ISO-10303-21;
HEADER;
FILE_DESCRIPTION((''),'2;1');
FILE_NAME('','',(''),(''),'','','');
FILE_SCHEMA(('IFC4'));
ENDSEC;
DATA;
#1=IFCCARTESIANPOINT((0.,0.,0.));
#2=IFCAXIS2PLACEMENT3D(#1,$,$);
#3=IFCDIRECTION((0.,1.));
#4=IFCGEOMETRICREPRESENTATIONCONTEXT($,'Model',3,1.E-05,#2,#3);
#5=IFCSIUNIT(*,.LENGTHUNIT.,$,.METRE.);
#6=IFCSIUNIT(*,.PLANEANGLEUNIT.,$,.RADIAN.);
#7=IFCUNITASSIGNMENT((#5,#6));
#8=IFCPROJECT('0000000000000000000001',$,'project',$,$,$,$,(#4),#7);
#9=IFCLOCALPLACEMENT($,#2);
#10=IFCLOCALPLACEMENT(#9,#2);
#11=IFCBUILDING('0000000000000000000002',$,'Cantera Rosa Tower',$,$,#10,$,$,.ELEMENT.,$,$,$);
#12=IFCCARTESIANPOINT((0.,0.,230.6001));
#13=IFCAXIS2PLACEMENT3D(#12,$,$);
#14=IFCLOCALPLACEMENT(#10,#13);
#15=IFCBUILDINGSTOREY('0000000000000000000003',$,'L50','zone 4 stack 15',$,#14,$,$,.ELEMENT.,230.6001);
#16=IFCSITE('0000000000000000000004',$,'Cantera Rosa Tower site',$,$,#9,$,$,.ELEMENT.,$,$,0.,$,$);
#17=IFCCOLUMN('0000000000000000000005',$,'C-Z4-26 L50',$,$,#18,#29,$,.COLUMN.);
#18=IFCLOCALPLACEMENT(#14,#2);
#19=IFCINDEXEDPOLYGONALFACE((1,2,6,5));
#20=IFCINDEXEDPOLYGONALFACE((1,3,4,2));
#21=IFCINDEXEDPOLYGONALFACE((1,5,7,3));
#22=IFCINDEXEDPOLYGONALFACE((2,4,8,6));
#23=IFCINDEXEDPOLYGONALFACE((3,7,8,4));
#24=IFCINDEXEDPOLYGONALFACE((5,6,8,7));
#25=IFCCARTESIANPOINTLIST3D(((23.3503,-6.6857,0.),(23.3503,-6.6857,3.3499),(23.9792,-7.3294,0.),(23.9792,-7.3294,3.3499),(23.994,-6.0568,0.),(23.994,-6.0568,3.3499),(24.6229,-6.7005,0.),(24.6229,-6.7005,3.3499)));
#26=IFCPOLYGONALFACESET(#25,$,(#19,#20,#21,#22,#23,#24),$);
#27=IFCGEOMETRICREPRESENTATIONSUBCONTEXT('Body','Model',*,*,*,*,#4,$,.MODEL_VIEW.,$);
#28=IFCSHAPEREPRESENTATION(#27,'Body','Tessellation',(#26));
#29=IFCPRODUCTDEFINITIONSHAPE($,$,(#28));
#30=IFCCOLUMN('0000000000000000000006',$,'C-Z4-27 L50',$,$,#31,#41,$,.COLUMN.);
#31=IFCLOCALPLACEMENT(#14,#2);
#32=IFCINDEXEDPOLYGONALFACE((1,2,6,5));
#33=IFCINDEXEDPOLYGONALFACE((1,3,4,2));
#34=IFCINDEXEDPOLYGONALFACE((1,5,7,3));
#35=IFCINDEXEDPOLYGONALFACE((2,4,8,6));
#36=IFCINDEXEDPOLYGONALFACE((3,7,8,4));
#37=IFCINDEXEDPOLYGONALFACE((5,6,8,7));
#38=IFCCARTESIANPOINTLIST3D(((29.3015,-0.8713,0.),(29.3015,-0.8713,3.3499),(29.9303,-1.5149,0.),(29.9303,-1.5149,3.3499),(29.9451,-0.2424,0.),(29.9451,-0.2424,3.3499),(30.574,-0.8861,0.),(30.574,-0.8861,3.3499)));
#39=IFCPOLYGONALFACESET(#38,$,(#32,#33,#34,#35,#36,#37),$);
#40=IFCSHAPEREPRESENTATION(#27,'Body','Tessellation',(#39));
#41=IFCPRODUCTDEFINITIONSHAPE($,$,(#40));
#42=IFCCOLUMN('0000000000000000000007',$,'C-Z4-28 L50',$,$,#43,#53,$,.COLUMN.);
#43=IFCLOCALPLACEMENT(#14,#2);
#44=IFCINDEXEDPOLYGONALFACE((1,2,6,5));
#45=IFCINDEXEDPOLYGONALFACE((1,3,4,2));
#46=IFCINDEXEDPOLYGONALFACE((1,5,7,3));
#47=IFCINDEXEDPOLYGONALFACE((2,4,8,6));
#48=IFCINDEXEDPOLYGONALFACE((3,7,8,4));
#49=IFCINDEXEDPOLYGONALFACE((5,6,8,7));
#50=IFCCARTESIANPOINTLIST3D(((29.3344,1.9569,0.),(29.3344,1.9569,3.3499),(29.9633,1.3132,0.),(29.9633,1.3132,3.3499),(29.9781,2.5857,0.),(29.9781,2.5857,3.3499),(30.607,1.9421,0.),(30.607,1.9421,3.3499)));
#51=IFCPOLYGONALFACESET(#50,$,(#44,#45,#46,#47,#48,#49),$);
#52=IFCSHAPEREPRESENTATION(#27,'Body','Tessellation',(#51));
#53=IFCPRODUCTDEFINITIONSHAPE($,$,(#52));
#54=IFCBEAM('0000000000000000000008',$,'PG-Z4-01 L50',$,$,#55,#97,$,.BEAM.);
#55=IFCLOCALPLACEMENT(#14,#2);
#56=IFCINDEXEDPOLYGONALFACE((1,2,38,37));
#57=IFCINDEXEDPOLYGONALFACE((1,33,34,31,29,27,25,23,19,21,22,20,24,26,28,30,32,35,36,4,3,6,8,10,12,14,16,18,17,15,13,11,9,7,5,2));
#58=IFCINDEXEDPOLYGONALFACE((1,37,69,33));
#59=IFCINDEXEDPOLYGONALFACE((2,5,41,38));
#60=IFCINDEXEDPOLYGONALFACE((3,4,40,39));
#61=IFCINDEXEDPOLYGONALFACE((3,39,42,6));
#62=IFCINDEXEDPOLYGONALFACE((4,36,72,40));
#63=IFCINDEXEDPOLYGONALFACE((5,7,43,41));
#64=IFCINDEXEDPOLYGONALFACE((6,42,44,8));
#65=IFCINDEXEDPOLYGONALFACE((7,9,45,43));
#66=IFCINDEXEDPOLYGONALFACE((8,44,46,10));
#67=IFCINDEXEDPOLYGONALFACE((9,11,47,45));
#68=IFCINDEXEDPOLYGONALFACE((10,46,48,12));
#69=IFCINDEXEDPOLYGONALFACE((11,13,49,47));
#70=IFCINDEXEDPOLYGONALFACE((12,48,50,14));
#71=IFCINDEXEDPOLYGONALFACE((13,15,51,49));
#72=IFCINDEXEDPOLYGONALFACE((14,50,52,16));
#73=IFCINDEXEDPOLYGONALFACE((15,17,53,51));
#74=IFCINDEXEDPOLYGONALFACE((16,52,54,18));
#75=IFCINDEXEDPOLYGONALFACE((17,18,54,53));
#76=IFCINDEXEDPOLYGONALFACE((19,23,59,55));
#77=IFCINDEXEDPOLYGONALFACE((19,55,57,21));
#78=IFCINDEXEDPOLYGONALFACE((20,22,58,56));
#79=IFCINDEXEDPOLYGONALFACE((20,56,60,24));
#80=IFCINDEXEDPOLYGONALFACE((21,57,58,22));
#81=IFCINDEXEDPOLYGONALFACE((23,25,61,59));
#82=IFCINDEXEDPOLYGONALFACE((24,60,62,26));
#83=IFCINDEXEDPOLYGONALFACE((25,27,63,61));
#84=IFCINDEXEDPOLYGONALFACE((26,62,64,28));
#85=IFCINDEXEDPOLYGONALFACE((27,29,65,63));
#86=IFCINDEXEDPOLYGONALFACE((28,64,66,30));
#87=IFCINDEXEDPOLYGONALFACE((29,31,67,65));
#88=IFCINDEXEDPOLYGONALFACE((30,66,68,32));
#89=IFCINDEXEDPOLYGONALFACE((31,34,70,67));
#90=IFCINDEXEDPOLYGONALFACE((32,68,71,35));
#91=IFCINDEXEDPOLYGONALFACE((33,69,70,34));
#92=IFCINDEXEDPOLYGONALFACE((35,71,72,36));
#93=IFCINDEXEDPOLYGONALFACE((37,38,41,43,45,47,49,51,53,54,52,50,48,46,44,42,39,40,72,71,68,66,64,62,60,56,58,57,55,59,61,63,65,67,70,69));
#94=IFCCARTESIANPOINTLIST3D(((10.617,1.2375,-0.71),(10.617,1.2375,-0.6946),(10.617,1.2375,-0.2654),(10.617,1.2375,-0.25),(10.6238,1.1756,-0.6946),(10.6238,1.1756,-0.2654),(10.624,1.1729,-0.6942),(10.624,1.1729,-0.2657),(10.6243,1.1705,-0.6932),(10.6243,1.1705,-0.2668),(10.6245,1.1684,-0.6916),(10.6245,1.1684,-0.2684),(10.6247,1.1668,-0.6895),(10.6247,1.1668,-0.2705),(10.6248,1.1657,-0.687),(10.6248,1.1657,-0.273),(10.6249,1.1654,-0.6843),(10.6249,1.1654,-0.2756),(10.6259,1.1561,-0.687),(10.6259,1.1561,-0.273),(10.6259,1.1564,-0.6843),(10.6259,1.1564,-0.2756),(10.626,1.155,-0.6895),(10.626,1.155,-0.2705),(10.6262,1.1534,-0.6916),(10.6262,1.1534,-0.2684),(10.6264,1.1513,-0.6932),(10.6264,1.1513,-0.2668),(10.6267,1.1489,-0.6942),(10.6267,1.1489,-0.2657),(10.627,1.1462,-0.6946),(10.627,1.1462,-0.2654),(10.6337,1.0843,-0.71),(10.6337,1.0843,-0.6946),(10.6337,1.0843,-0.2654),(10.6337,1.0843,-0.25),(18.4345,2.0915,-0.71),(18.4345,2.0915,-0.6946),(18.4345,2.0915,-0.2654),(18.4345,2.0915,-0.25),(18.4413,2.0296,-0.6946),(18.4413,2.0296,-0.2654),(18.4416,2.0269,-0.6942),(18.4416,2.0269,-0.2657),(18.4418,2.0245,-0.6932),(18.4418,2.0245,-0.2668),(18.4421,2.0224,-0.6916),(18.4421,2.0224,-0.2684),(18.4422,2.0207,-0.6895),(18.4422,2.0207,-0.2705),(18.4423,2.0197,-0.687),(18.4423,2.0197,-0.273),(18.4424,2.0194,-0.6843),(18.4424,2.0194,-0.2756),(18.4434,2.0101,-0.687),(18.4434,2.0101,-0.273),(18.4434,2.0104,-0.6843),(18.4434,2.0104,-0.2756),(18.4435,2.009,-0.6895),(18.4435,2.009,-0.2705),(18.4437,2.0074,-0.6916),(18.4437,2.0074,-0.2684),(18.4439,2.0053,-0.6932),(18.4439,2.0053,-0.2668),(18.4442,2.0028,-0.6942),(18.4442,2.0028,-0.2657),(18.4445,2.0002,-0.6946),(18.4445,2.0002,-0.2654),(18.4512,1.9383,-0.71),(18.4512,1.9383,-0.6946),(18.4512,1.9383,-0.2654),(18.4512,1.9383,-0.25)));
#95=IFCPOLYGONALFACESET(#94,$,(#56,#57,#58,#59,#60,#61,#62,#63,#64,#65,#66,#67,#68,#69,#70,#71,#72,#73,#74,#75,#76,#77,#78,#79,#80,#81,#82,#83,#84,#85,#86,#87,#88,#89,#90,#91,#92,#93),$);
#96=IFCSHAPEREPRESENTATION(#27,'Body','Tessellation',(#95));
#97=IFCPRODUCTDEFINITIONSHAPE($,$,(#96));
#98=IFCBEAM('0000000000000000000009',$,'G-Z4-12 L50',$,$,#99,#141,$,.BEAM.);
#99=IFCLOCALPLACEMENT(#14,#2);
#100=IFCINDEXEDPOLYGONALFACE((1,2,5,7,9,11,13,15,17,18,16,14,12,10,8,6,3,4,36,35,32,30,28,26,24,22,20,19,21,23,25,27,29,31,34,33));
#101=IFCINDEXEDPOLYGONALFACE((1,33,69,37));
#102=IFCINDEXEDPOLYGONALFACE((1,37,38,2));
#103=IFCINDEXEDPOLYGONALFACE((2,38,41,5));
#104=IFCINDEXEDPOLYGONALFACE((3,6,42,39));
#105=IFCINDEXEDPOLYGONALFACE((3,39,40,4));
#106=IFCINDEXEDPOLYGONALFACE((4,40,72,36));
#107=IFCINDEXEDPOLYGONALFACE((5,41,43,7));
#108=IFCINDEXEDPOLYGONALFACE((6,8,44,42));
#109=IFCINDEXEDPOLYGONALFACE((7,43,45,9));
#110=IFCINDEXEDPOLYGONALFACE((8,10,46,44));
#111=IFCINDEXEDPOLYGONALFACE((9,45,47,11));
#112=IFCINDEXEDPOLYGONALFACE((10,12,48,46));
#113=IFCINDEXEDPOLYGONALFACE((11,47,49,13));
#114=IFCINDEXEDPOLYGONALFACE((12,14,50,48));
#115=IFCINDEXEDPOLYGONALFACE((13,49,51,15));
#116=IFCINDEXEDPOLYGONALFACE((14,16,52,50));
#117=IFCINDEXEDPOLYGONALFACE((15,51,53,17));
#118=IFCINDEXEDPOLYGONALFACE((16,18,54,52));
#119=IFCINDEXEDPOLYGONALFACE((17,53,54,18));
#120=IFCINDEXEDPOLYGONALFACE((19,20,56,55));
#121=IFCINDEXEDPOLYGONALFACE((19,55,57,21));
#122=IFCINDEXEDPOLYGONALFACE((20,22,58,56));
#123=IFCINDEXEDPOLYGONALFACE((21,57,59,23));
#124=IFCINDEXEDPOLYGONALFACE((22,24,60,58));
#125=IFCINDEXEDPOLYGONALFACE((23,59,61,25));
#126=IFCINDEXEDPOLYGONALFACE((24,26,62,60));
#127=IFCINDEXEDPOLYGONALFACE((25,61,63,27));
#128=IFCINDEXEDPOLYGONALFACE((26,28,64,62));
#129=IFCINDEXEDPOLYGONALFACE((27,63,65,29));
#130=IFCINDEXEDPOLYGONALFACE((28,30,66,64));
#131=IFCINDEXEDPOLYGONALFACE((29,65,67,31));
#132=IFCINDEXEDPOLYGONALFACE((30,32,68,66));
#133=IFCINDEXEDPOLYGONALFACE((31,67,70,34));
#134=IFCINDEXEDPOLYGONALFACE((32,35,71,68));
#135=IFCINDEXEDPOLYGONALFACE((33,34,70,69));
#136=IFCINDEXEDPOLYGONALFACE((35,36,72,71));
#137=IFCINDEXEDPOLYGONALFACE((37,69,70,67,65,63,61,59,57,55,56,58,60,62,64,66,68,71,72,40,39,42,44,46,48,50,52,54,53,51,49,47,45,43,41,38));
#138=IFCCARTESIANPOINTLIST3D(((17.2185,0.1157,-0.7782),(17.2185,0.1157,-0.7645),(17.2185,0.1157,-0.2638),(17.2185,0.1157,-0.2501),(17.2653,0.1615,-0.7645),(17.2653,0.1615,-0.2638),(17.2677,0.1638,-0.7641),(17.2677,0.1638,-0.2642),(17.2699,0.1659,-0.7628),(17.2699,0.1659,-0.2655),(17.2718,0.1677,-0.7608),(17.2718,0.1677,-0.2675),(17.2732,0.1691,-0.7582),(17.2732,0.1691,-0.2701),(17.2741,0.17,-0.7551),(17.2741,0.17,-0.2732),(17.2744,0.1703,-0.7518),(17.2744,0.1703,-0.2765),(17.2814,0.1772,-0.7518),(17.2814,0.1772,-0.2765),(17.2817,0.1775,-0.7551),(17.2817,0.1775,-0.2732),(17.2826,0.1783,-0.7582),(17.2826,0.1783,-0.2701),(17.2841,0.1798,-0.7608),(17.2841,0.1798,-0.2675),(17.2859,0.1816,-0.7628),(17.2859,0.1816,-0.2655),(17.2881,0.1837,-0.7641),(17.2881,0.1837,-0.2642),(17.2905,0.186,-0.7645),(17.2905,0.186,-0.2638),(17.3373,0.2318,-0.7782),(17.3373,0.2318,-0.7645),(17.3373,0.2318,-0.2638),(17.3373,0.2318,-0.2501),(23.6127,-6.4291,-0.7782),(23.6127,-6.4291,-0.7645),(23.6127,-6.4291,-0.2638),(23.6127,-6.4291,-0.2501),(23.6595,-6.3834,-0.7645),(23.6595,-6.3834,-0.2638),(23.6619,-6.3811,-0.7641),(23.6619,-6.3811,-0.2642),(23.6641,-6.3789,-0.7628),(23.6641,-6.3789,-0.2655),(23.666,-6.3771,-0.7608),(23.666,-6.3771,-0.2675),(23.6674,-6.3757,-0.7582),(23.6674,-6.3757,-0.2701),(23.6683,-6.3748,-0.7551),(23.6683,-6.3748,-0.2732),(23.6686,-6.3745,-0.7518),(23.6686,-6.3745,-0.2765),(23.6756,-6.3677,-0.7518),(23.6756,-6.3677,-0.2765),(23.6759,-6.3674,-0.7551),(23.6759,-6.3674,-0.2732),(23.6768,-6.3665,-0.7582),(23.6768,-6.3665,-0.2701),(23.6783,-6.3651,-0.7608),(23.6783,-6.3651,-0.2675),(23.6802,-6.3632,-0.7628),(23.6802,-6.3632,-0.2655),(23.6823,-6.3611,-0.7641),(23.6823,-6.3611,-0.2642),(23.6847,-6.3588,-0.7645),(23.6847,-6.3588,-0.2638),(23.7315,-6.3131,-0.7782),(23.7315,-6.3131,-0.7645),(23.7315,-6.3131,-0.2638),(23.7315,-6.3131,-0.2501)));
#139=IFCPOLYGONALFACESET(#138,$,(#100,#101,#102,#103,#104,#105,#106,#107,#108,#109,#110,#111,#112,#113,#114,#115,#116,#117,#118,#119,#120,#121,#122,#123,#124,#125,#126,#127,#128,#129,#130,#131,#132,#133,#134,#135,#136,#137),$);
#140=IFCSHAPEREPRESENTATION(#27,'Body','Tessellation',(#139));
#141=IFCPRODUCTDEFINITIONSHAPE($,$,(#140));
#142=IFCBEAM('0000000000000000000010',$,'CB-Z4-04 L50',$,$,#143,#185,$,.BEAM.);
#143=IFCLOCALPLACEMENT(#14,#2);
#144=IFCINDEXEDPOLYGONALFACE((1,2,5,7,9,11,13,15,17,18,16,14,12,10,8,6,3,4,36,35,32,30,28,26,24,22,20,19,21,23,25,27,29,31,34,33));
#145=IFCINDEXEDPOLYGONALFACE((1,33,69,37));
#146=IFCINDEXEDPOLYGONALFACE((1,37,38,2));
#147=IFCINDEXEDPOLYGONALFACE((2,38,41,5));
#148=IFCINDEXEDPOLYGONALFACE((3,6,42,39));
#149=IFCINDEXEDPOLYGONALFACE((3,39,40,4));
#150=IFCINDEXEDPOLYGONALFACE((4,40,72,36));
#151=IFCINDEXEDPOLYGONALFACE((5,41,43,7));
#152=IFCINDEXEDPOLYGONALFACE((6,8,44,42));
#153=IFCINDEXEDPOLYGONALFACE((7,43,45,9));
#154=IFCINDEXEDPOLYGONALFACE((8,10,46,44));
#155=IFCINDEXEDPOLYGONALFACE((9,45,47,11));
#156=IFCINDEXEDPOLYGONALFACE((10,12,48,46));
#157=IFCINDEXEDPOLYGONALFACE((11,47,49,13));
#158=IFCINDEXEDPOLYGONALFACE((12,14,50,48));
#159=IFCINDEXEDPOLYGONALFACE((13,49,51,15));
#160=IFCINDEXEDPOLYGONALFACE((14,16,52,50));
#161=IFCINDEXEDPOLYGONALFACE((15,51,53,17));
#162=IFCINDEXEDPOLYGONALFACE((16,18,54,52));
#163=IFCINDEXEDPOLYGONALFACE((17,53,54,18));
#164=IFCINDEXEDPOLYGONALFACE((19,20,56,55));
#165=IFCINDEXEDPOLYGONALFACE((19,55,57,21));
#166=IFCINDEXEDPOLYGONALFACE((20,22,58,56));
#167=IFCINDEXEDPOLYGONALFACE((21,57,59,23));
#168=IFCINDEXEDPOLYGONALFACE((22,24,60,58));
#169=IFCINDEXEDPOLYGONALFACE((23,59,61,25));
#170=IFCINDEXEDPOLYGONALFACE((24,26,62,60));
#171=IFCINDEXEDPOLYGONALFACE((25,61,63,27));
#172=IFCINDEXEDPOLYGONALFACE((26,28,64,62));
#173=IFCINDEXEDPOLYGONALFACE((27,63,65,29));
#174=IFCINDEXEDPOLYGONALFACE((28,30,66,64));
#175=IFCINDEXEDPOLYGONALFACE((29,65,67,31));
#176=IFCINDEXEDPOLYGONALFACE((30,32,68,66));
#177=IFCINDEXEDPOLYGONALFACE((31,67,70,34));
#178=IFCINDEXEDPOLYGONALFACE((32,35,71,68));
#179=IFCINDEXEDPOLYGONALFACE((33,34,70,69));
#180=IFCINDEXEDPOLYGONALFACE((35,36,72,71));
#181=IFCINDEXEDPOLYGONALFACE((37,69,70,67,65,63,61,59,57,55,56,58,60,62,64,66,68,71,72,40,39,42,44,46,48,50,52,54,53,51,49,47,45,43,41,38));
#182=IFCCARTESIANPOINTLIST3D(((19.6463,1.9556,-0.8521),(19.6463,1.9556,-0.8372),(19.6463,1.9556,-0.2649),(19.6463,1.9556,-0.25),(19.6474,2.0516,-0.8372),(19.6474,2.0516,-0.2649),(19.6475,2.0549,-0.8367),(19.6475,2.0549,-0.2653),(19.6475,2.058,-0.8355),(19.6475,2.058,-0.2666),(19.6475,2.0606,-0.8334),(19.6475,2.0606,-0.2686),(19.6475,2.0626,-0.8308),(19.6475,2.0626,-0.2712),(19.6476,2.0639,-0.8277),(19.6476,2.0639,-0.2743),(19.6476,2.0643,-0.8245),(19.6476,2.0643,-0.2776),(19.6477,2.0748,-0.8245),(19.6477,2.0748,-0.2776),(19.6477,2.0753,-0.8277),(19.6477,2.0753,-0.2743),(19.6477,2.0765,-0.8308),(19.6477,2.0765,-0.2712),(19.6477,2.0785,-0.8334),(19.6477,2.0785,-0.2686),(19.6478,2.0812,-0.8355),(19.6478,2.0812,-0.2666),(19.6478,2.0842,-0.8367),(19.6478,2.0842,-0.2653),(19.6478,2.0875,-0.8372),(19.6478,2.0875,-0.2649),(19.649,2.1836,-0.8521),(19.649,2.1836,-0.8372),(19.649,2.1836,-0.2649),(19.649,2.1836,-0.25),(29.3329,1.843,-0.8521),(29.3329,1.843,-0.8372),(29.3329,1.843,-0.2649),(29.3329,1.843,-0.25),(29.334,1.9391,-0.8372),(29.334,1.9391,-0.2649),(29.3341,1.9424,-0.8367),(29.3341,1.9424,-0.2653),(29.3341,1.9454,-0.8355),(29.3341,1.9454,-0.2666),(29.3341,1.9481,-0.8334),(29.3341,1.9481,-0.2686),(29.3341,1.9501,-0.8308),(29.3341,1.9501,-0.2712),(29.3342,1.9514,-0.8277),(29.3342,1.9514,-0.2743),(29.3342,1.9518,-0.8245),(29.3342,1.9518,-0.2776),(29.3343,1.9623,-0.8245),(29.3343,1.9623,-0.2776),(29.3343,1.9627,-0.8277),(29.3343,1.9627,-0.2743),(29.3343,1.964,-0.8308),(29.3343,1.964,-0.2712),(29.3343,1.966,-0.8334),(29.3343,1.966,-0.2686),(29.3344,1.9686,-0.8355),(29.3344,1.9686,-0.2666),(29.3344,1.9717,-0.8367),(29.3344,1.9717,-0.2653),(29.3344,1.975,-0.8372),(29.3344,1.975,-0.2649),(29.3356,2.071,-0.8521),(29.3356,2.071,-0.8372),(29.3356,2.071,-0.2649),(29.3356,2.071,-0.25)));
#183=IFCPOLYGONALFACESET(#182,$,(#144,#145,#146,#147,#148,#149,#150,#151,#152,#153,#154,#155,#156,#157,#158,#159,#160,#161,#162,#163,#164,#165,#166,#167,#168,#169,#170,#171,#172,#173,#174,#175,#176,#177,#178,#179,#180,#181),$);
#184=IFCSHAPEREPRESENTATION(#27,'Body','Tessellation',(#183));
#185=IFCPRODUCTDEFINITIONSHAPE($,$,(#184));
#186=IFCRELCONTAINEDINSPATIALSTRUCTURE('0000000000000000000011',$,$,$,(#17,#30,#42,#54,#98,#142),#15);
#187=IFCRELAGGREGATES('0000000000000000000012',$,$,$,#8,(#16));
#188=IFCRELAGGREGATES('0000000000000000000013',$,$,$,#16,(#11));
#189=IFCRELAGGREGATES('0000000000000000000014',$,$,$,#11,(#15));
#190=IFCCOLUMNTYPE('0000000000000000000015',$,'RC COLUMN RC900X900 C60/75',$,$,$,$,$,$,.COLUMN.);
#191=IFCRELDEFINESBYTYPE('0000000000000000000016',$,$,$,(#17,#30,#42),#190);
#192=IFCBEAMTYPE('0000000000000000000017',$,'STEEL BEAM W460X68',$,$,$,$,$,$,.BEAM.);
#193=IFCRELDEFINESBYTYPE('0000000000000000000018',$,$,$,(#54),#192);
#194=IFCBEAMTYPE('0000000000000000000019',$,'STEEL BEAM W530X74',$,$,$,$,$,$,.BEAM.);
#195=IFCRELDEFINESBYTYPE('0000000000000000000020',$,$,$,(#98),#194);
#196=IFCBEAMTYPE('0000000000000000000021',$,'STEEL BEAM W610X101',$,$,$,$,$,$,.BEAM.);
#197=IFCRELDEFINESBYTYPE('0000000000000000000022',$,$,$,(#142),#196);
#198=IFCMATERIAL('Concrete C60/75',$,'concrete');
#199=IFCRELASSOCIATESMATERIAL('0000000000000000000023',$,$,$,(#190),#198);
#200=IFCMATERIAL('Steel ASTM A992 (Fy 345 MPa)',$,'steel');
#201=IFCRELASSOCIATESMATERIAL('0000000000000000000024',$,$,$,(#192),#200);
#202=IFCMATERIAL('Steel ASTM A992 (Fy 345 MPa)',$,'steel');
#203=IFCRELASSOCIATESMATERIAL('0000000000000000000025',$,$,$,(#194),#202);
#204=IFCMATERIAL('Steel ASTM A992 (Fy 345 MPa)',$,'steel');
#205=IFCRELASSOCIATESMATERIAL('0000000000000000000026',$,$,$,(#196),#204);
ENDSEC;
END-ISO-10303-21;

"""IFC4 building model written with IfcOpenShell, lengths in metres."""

from ifc_helpers import new_model, si_unit, direction, frame, origin, origin_2d, place, context, subcontext, project, spatial, rectangle, i_section, extrude, material, material_profile, profile_set, type_object, element, save


model = new_model("IFC4")

# Units and contexts
model_context = context("Model", 3, precision=1e-05, world=origin(), true_north=direction((0.0, 1.0)))
body_context = subcontext(model_context, "Body", "Model", "MODEL_VIEW")
ifc_project = project(units=[si_unit("LENGTHUNIT", "METRE"), si_unit("PLANEANGLEUNIT", "RADIAN")], contexts=[model_context])

# Site, building, storey
site_placement = place(None, origin())
site = spatial("IfcSite", under=ifc_project, at=site_placement, Name="Cantera Rosa Tower site", CompositionType="ELEMENT", RefElevation=0.0)
building_placement = place(site_placement, origin())
building = spatial("IfcBuilding", under=site, at=building_placement, Name="Cantera Rosa Tower", CompositionType="ELEMENT")
storey_placement = place(building_placement, frame((0.0, 0.0, 230.6001)))
storey = spatial("IfcBuildingStorey", under=building, at=storey_placement, Name="L50", Description="zone 4 stack 15", CompositionType="ELEMENT", Elevation=230.6001)

# Columns
ifc_material_1 = material(Name="Concrete C60/75", Category="concrete")
ifc_material_profile_1 = material_profile(ifc_material_1, rectangle(XDim=0.8999, YDim=0.8999, at=origin_2d()), Name="RC COLUMN RC900X900 C60/75")
ifc_profile_set_1 = profile_set([ifc_material_profile_1], Name="Concrete C60/75")
column_type = type_object("IfcColumnType", Name="RC COLUMN RC900X900 C60/75", PredefinedType="COLUMN", material=ifc_profile_set_1)
for number, where, z_axis, x_axis, name in (
    (1, (23.9866, -6.6931, 0.0), (0.0, 0.0, 1.0), (0.715286, 0.698832, 0.0), "C-Z4-26 L50"),
    (2, (29.9377, -0.8787, 0.0), (0.0, 0.0, 1.0), (0.715286, 0.698832, 0.0), "C-Z4-27 L50"),
    (3, (29.9707, 1.9495, 0.0), (0.0, 0.0, 1.0), (0.715286, 0.698832, 0.0), "C-Z4-28 L50"),
):
    element("IfcColumn", number, at=place(storey_placement, frame(where, z_axis=z_axis, x_axis=x_axis)), inside=storey, type_object=column_type, Name=name, PredefinedType="COLUMN", context=body_context, shape_type="SweptSolid", body=[
        extrude(rectangle(XDim=0.8999, YDim=0.8999, at=origin_2d()), origin(), (0.0, 0.0, 1.0), 3.3499),
    ])

# Beams
ifc_material_2 = material(Name="Steel ASTM A992 (Fy 345 MPa)", Category="steel")
ifc_material_profile_2 = material_profile(ifc_material_2, i_section(OverallWidth=0.1541, OverallDepth=0.46, WebThickness=0.009, FlangeThickness=0.0154, FilletRadius=0.0103, at=origin_2d()), Name="W460X68")
ifc_profile_set_2 = profile_set([ifc_material_profile_2], Name="Steel ASTM A992 (Fy 345 MPa)")
beam_type_1 = type_object("IfcBeamType", Name="STEEL BEAM W460X68", PredefinedType="BEAM", material=ifc_profile_set_2)
beam_1_placement = place(storey_placement, frame((18.4429, 2.0149, -0.48), z_axis=(-0.994086, -0.108595, 0.0), x_axis=(0.108595, -0.994086, 0.0)))
element("IfcBeam", 4, at=beam_1_placement, inside=storey, type_object=beam_type_1, Name="PG-Z4-01 L50", PredefinedType="BEAM", context=body_context, shape_type="SweptSolid", body=[
    extrude(i_section(OverallWidth=0.1541, OverallDepth=0.46, WebThickness=0.009, FlangeThickness=0.0154, FilletRadius=0.0103, at=origin_2d()), origin(), (0.0, 0.0, 1.0), 7.864),
])
ifc_material_3 = material(Name="Steel ASTM A992 (Fy 345 MPa)", Category="steel")
ifc_material_profile_3 = material_profile(ifc_material_3, i_section(OverallWidth=0.166, OverallDepth=0.5281, WebThickness=0.0098, FlangeThickness=0.0137, FilletRadius=0.0127, at=origin_2d()), Name="W530X74")
ifc_profile_set_3 = profile_set([ifc_material_profile_3], Name="Steel ASTM A992 (Fy 345 MPa)")
beam_type_2 = type_object("IfcBeamType", Name="STEEL BEAM W530X74", PredefinedType="BEAM", material=ifc_profile_set_3)
beam_2_placement = place(storey_placement, frame((23.6721, -6.3711, -0.5142), z_axis=(-0.698827, 0.71529, 0.0), x_axis=(-0.71529, -0.698827, 0.0)))
element("IfcBeam", 5, at=beam_2_placement, inside=storey, type_object=beam_type_2, Name="G-Z4-12 L50", PredefinedType="BEAM", context=body_context, shape_type="SweptSolid", body=[
    extrude(i_section(OverallWidth=0.166, OverallDepth=0.5281, WebThickness=0.0098, FlangeThickness=0.0137, FilletRadius=0.0127, at=origin_2d()), origin(), (0.0, 0.0, 1.0), 9.1499),
])
ifc_material_4 = material(Name="Steel ASTM A992 (Fy 345 MPa)", Category="steel")
ifc_material_profile_4 = material_profile(ifc_material_4, i_section(OverallWidth=0.228, OverallDepth=0.6021, WebThickness=0.0105, FlangeThickness=0.0149, FilletRadius=0.0127, at=origin_2d()), Name="W610X101")
ifc_profile_set_4 = profile_set([ifc_material_profile_4], Name="Steel ASTM A992 (Fy 345 MPa)")
beam_type_3 = type_object("IfcBeamType", Name="STEEL BEAM W610X101", PredefinedType="BEAM", material=ifc_profile_set_4)
beam_3_placement = place(storey_placement, frame((29.3342, 1.957, -0.551), z_axis=(-0.999933, 0.011618, 0.0), x_axis=(-0.011618, -0.999933, 0.0)))
element("IfcBeam", 6, at=beam_3_placement, inside=storey, type_object=beam_type_3, Name="CB-Z4-04 L50", PredefinedType="BEAM", context=body_context, shape_type="SweptSolid", body=[
    extrude(i_section(OverallWidth=0.228, OverallDepth=0.6021, WebThickness=0.0105, FlangeThickness=0.0149, FilletRadius=0.0127, at=origin_2d()), origin(), (0.0, 0.0, 1.0), 9.6873),
])

save(model, "model.ifc")
